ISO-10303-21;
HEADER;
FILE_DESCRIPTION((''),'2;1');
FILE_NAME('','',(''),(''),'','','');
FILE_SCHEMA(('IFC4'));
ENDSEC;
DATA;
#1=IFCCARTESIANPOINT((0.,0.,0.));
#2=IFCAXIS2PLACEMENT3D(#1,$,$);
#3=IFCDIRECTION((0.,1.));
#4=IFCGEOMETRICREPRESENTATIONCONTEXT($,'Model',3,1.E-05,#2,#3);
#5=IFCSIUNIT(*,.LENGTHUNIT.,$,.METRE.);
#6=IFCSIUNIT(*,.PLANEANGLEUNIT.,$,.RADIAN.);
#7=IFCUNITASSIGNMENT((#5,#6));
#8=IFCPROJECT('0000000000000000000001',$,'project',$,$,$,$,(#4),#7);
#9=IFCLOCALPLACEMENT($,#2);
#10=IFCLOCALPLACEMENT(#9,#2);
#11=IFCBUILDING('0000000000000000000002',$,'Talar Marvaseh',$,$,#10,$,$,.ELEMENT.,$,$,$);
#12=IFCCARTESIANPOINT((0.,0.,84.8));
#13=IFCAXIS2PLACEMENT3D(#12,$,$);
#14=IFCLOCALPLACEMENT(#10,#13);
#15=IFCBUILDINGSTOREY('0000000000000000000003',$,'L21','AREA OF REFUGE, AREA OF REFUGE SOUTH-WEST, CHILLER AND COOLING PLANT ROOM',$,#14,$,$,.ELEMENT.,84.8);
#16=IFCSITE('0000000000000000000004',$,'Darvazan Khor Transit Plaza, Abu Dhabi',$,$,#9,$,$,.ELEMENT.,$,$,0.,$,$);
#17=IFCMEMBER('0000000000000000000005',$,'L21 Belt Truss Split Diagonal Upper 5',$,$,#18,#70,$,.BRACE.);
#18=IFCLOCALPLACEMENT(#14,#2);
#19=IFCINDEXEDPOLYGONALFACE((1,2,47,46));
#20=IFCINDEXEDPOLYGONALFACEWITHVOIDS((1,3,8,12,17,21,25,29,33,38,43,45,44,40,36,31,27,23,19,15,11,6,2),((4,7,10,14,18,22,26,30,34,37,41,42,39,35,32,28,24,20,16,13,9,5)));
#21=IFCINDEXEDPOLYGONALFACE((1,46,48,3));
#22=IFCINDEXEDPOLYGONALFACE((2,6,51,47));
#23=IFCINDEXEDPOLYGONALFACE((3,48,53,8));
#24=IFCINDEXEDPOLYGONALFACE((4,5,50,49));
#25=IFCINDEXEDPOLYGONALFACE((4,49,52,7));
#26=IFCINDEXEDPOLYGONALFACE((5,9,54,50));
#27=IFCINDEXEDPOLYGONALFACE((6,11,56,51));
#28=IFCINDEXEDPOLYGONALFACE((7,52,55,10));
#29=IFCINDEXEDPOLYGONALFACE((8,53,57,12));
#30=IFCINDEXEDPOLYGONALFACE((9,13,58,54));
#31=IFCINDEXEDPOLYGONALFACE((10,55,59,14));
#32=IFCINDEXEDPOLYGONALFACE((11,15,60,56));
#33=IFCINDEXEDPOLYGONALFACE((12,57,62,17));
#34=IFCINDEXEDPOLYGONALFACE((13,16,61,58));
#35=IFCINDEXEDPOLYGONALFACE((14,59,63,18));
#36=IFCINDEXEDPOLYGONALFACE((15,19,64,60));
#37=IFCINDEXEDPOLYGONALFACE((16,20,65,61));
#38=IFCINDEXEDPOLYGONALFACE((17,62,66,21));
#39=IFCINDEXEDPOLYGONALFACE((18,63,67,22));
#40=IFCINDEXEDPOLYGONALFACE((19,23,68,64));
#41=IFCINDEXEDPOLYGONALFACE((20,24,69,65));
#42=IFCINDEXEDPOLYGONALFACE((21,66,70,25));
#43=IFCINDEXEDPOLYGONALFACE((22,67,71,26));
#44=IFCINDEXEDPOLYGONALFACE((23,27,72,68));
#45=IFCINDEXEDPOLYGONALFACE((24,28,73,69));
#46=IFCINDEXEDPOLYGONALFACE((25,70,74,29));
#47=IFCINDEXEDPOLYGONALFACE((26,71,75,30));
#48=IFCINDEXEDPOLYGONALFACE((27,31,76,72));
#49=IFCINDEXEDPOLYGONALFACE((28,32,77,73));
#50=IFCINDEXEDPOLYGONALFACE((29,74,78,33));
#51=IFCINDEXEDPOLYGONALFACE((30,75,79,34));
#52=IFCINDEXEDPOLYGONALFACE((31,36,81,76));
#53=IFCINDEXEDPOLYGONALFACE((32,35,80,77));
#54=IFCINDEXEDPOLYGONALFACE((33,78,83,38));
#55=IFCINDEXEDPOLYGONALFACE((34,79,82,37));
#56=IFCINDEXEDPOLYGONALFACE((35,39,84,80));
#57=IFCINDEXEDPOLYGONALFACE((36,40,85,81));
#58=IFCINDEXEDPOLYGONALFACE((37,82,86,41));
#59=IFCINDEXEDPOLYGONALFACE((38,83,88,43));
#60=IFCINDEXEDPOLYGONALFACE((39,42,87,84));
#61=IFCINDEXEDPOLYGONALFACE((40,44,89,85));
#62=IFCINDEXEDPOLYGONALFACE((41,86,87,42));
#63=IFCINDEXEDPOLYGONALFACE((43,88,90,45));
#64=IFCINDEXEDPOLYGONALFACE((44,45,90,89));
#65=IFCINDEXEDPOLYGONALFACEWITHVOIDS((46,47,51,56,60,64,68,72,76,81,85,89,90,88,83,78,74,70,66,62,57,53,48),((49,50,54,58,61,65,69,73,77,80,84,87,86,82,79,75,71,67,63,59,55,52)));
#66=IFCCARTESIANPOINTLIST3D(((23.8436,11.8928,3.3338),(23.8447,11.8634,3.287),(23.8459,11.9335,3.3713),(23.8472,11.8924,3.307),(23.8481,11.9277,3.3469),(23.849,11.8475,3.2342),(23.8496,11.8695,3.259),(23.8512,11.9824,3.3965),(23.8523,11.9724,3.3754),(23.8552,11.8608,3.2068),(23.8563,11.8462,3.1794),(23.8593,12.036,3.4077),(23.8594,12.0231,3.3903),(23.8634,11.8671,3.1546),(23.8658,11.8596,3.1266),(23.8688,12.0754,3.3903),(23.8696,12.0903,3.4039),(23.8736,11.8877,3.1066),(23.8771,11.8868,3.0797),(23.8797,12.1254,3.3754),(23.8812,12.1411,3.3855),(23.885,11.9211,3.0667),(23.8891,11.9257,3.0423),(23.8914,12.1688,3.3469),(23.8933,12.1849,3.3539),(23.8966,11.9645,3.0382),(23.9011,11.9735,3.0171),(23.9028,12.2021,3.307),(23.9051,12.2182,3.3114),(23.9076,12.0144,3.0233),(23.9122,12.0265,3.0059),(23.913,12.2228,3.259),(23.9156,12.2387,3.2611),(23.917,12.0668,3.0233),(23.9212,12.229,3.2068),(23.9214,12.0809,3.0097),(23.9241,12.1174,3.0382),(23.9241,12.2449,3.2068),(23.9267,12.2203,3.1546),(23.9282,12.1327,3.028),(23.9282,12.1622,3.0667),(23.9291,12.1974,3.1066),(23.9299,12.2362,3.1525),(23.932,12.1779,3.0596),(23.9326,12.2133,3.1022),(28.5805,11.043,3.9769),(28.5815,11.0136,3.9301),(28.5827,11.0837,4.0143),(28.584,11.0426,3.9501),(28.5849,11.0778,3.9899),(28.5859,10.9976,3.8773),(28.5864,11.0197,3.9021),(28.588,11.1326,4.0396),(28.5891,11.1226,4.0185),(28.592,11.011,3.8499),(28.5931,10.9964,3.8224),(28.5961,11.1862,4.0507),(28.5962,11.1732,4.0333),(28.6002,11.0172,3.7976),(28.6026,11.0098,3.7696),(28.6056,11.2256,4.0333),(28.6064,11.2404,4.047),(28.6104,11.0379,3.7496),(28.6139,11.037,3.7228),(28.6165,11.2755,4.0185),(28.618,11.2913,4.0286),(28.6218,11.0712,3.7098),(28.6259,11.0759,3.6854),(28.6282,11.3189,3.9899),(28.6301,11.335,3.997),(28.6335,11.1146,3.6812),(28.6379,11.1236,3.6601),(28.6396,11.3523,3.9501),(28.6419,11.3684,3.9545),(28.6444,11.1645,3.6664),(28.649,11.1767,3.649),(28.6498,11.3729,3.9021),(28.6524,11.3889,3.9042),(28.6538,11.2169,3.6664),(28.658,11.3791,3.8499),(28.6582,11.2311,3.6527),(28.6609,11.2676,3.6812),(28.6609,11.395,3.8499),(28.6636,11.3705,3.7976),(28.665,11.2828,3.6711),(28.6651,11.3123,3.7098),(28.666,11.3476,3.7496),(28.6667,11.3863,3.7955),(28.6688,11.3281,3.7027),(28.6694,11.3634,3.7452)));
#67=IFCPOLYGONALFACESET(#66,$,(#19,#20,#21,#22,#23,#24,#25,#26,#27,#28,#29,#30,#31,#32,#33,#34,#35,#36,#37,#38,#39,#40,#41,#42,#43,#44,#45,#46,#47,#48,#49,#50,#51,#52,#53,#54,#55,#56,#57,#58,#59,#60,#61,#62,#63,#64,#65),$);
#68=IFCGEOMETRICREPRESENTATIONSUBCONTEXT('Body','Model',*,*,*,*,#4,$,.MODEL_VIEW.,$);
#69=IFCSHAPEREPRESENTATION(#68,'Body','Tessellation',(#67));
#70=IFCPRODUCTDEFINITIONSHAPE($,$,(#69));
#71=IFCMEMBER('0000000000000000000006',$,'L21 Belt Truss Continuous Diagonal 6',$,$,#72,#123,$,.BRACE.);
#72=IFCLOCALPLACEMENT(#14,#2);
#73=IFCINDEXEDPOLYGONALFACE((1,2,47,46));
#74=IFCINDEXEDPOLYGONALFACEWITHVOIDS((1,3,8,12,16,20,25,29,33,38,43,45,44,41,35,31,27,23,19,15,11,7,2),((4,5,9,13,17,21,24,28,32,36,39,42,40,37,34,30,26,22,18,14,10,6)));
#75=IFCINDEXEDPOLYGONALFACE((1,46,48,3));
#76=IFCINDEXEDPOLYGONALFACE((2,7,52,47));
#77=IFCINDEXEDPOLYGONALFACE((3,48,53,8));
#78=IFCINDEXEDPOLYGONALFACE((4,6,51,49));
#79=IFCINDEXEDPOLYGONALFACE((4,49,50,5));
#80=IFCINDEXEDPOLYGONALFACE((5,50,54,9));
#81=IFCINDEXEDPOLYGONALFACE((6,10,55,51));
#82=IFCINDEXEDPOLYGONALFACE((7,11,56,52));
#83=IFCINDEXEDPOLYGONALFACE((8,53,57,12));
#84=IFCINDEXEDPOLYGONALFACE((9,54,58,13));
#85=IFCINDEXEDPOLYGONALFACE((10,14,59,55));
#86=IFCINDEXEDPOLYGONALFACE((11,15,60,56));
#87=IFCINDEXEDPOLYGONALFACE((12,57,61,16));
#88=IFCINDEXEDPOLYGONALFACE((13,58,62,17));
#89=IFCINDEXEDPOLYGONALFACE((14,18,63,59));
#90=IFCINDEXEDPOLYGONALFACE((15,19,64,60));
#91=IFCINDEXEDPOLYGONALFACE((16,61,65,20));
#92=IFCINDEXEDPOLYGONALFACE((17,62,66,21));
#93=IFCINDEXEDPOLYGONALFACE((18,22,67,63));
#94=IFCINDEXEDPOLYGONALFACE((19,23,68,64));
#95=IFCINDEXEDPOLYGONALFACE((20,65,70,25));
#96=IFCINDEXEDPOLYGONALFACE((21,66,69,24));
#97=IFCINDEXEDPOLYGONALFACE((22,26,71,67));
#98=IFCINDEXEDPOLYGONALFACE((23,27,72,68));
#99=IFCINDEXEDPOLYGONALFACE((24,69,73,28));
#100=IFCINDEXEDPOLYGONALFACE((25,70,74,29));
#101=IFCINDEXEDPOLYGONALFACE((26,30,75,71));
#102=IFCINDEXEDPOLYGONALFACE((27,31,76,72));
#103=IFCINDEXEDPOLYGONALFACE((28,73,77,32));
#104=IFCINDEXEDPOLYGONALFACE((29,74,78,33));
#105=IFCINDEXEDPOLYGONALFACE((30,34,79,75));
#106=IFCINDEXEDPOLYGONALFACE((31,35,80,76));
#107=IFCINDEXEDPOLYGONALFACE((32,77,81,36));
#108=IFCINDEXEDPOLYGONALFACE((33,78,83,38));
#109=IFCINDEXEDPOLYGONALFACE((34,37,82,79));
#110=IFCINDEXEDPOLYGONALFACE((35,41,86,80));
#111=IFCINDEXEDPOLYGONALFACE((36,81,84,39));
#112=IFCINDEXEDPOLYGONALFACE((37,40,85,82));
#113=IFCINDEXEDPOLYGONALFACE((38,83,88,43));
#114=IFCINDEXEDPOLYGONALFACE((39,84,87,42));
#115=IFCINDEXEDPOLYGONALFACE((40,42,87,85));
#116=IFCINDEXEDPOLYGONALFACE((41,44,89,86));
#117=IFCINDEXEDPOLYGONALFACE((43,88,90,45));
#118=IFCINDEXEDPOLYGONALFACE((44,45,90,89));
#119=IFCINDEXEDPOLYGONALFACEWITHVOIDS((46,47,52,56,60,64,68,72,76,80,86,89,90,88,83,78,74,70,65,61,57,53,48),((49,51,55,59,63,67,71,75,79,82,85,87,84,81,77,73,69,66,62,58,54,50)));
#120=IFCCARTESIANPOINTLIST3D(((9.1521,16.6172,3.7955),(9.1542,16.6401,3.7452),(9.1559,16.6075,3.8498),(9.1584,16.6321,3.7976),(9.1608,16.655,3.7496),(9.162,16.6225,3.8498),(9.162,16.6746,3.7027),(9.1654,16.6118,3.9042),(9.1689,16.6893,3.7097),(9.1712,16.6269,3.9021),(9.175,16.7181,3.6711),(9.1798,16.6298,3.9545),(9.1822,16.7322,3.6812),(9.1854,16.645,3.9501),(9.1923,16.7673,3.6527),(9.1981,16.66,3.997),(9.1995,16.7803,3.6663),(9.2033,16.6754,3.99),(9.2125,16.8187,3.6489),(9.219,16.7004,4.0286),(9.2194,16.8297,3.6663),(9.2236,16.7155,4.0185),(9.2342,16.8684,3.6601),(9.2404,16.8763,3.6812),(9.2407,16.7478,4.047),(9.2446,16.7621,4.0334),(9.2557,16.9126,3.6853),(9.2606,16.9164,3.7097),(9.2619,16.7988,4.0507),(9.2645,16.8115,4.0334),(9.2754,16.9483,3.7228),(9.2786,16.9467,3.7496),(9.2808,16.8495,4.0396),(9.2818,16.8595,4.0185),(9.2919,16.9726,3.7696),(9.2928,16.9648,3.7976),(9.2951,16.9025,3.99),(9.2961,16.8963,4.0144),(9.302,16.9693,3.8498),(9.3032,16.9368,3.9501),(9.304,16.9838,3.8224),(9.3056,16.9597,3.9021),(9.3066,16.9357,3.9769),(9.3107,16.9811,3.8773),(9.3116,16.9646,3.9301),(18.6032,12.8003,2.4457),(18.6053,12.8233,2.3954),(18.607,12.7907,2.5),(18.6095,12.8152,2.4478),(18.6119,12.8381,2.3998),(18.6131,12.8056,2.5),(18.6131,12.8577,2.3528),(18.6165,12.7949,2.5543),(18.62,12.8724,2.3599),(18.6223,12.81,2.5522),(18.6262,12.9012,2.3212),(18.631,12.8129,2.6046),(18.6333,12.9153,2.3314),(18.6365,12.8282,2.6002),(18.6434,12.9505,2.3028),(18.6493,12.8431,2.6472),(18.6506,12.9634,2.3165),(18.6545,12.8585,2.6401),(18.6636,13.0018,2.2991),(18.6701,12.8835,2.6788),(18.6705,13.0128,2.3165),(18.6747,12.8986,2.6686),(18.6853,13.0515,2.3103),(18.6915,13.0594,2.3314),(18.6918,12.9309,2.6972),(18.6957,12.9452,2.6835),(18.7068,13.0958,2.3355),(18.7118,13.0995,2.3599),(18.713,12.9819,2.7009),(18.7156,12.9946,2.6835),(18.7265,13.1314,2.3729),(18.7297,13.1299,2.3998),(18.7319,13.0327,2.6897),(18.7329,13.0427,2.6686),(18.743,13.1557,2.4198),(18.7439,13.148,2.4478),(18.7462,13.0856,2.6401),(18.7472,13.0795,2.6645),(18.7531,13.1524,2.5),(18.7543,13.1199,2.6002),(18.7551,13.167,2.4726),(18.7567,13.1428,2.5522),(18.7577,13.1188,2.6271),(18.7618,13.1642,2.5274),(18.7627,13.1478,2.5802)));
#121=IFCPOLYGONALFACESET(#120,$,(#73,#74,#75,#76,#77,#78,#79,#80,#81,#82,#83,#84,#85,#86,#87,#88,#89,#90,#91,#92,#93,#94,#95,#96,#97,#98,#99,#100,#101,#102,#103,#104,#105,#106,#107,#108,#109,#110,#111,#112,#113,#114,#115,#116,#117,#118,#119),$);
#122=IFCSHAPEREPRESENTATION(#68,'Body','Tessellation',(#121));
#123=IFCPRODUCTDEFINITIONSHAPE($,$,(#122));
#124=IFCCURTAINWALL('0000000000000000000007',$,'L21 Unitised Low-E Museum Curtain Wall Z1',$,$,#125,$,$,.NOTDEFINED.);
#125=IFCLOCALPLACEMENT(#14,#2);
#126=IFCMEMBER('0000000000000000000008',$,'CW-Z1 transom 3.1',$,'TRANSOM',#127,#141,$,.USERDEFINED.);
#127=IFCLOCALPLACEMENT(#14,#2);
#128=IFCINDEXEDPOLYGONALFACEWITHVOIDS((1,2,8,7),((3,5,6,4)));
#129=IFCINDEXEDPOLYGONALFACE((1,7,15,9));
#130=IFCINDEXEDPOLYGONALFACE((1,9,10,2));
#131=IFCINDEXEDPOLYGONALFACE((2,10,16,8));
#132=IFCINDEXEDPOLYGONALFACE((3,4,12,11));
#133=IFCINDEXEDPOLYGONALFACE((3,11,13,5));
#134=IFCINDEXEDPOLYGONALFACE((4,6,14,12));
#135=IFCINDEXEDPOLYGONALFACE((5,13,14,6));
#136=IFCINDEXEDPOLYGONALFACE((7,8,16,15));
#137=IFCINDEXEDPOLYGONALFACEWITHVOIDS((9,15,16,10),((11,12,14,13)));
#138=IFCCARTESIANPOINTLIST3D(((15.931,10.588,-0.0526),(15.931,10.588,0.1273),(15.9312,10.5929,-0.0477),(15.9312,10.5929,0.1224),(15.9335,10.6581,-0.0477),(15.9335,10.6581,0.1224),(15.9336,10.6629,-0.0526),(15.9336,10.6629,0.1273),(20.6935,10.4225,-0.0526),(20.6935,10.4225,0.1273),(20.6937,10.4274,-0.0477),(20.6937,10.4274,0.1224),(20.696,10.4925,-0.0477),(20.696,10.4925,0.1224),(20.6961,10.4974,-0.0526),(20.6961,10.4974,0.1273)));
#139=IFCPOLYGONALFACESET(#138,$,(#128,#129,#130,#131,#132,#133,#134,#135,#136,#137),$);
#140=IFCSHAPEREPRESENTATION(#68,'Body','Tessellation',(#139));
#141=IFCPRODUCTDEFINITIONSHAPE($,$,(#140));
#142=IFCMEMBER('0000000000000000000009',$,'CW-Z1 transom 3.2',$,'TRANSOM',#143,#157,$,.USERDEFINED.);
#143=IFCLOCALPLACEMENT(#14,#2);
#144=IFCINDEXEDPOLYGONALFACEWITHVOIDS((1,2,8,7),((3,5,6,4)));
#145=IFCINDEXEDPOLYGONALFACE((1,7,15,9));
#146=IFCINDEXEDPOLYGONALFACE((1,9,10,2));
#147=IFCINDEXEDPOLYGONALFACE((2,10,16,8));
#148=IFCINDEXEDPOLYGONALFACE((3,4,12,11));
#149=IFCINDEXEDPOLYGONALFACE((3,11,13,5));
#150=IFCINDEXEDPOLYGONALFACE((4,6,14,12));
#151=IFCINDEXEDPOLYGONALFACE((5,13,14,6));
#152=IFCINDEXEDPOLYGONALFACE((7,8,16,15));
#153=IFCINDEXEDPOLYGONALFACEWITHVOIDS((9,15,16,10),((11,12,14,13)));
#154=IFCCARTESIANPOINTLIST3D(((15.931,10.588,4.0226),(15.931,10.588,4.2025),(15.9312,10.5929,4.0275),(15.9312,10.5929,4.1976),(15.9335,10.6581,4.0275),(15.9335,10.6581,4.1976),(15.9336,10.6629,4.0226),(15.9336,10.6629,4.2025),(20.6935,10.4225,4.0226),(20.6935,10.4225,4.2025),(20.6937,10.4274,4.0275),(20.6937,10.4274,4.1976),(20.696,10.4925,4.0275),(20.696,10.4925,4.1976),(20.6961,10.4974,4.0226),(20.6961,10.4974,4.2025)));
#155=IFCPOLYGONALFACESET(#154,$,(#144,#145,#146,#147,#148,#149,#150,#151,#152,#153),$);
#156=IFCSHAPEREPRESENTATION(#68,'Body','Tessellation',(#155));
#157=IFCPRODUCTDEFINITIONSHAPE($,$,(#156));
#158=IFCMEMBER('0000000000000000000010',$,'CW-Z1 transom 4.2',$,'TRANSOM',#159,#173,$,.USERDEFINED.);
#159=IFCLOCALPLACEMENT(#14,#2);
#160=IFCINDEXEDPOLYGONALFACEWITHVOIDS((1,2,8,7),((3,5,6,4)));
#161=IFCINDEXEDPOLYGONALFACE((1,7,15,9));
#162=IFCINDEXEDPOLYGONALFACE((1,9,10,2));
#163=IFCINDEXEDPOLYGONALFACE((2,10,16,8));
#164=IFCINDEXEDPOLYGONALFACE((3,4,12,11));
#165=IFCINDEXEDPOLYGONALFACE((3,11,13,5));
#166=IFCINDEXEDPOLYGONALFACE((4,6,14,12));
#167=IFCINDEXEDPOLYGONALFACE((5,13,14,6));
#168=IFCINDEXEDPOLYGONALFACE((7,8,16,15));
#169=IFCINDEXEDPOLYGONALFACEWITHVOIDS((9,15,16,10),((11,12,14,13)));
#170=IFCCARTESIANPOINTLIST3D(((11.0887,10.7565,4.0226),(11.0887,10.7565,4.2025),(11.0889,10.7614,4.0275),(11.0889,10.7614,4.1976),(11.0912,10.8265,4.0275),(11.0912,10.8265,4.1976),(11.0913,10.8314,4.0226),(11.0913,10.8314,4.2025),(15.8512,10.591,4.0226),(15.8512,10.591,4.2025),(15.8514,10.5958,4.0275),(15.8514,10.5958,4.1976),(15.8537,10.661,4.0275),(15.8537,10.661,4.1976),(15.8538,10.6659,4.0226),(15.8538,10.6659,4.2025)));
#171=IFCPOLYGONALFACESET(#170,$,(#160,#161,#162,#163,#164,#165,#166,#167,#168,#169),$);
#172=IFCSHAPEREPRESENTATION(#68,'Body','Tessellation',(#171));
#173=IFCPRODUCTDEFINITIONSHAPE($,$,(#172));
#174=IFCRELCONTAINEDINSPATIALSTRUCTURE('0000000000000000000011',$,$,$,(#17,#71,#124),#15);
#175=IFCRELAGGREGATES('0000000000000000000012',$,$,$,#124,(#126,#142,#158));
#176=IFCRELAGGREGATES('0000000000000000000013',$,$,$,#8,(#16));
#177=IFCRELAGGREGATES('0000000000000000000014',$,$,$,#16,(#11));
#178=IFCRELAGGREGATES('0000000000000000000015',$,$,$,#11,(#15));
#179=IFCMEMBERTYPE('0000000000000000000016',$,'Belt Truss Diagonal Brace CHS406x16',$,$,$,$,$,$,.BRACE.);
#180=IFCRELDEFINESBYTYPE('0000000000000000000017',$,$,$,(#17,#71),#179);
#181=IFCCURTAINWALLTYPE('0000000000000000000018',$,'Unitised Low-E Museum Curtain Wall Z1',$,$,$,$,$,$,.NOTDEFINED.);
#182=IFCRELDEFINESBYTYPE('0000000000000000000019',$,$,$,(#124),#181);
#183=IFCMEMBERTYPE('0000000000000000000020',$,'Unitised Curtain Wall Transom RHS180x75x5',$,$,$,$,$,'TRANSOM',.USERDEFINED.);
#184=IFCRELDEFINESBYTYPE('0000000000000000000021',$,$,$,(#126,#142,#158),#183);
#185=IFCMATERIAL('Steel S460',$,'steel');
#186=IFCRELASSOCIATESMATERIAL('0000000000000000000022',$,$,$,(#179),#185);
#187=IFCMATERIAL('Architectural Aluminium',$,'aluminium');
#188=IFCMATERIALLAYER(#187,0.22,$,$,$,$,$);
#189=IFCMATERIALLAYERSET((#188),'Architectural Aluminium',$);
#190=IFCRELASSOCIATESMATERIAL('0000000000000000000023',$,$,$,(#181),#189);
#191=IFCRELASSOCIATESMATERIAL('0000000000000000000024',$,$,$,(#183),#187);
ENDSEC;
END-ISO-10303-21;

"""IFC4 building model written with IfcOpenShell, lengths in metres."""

from ifc_helpers import new_model, si_unit, direction, frame, origin, origin_2d, place, context, subcontext, project, spatial, hollow_rectangle, hollow_circle, extrude, source, transform, mapped, material, layer, layer_set, material_profile, profile_set, type_object, type_shapes, element, aggregate, save


model = new_model("IFC4")

# Units and contexts
model_context = context("Model", 3, precision=1e-05, world=origin(), true_north=direction((0.0, 1.0)))
body_context = subcontext(model_context, "Body", "Model", "MODEL_VIEW")
ifc_project = project(units=[si_unit("LENGTHUNIT", "METRE"), si_unit("PLANEANGLEUNIT", "RADIAN")], contexts=[model_context])

# Site, building, storey
site_placement = place(None, origin())
site = spatial("IfcSite", under=ifc_project, at=site_placement, Name="Darvazan Khor Transit Plaza, Abu Dhabi", CompositionType="ELEMENT", RefElevation=0.0)
building_placement = place(site_placement, origin())
building = spatial("IfcBuilding", under=site, at=building_placement, Name="Talar Marvaseh", CompositionType="ELEMENT")
storey_placement = place(building_placement, frame((0.0, 0.0, 84.8)))
storey = spatial("IfcBuildingStorey", under=building, at=storey_placement, Name="L21", Description="AREA OF REFUGE, AREA OF REFUGE SOUTH-WEST, CHILLER AND COOLING PLANT ROOM", CompositionType="ELEMENT", Elevation=84.8)

# Shared definitions
ifc_material_1 = material(Name="Steel S460", Category="steel")

# Members
ifc_material_profile_1 = material_profile(ifc_material_1, hollow_circle(Radius=0.2031, WallThickness=0.0161, at=origin_2d()), Name="CHS406x16")
ifc_profile_set_1 = profile_set([ifc_material_profile_1], Name="Steel S460")
member_type_1 = type_object("IfcMemberType", Name="Belt Truss Diagonal Brace CHS406x16", PredefinedType="BRACE", material=ifc_profile_set_1)
shared_shape_1 = source(origin(), body_context, "Body", "SweptSolid", [
    extrude(hollow_circle(Radius=0.2031, WallThickness=0.0161, at=origin_2d()), origin(), (0.0, 0.0, 1.0), 4.8552),
])
for number, where, z_axis, x_axis, name in (
    (1, (23.8882, 12.0449, 3.2068), (0.975612, -0.175039, 0.132448), (0.176595, 0.984284, 0.0), "L21 Belt Truss Split Diagonal Upper 5"),
):
    element("IfcMember", number, at=place(storey_placement, frame(where, z_axis=z_axis, x_axis=x_axis)), inside=storey, type_object=member_type_1, Name=name, PredefinedType="BRACE", context=body_context, shape_type="MappedRepresentation", body=[
        mapped(shared_shape_1, transform((0.0, 0.0, 0.0), x_axis=(1.0, 0.0, 0.0), y_axis=(0.0, 1.0, 0.0), z_axis=(0.0, 0.0, 1.0), scale=1.0)),
    ])
shared_shape_2 = source(origin(), body_context, "Body", "SweptSolid", [
    extrude(hollow_circle(Radius=0.2031, WallThickness=0.0161, at=origin_2d()), origin(), (0.0, 0.0, 1.0), 10.2817),
])
type_shapes(member_type_1, [shared_shape_1, shared_shape_2])
member_1_placement = place(storey_placement, frame((18.6831, 12.979, 2.5), z_axis=(-0.919214, 0.371228, 0.131286), x_axis=(-0.374469, -0.927239, 0.0)))
element("IfcMember", 2, at=member_1_placement, inside=storey, type_object=member_type_1, Name="L21 Belt Truss Continuous Diagonal 6", PredefinedType="BRACE", context=body_context, shape_type="MappedRepresentation", body=[
    mapped(shared_shape_2, transform((0.0, 0.0, 0.0), x_axis=(1.0, 0.0, 0.0), y_axis=(0.0, 1.0, 0.0), z_axis=(0.0, 0.0, 1.0), scale=1.0)),
])

# Curtain wall, members
ifc_material_2 = material(Name="Architectural Aluminium", Category="aluminium")
ifc_layer_1 = layer(ifc_material_2, 0.22)
ifc_layer_set_1 = layer_set([ifc_layer_1], Name="Architectural Aluminium")
curtain_wall_type = type_object("IfcCurtainWallType", Name="Unitised Low-E Museum Curtain Wall Z1", PredefinedType="NOTDEFINED", material=ifc_layer_set_1)
curtain_wall_placement = place(storey_placement, origin())
curtain_wall = element("IfcCurtainWall", 3, at=curtain_wall_placement, inside=storey, type_object=curtain_wall_type, Name="L21 Unitised Low-E Museum Curtain Wall Z1", PredefinedType="NOTDEFINED")
ifc_material_profile_2 = material_profile(ifc_material_2, hollow_rectangle(XDim=0.075, YDim=0.1799, WallThickness=0.0049, at=origin_2d()), Name="RHS180x75x5")
ifc_profile_set_2 = profile_set([ifc_material_profile_2], Name="Architectural Aluminium")
member_type_2 = type_object("IfcMemberType", Name="Unitised Curtain Wall Transom RHS180x75x5", ElementType="TRANSOM", PredefinedType="USERDEFINED", material=ifc_profile_set_2)
shared_shape_3 = source(origin(), body_context, "Body", "SweptSolid", [
    extrude(hollow_rectangle(XDim=0.075, YDim=0.1799, WallThickness=0.0049, at=origin_2d()), origin(), (0.0, 0.0, 1.0), 4.7654),
])
type_shapes(member_type_2, [shared_shape_3])
member_2_placement = place(storey_placement, frame((20.6948, 10.46, 0.0374), z_axis=(-0.999397, 0.034736, 0.0), x_axis=(-0.034736, -0.999397, 0.0)))
member_2 = element("IfcMember", 4, at=member_2_placement, type_object=member_type_2, Name="CW-Z1 transom 3.1", ObjectType="TRANSOM", PredefinedType="USERDEFINED", context=body_context, shape_type="MappedRepresentation", body=[
    mapped(shared_shape_3, transform((0.0, 0.0, 0.0), x_axis=(1.0, 0.0, 0.0), y_axis=(0.0, 1.0, 0.0), z_axis=(0.0, 0.0, 1.0), scale=1.0)),
])
member_3_placement = place(storey_placement, frame((20.6948, 10.46, 4.1125), z_axis=(-0.999397, 0.034736, 0.0), x_axis=(-0.034736, -0.999397, 0.0)))
member_3 = element("IfcMember", 5, at=member_3_placement, type_object=member_type_2, Name="CW-Z1 transom 3.2", ObjectType="TRANSOM", PredefinedType="USERDEFINED", context=body_context, shape_type="MappedRepresentation", body=[
    mapped(shared_shape_3, transform((0.0, 0.0, 0.0), x_axis=(1.0, 0.0, 0.0), y_axis=(0.0, 1.0, 0.0), z_axis=(0.0, 0.0, 1.0), scale=1.0)),
])
member_4_placement = place(storey_placement, frame((15.8525, 10.6284, 4.1125), z_axis=(-0.999397, 0.034736, 0.0), x_axis=(-0.034736, -0.999397, 0.0)))
member_4 = element("IfcMember", 6, at=member_4_placement, type_object=member_type_2, Name="CW-Z1 transom 4.2", ObjectType="TRANSOM", PredefinedType="USERDEFINED", context=body_context, shape_type="MappedRepresentation", body=[
    mapped(shared_shape_3, transform((0.0, 0.0, 0.0), x_axis=(1.0, 0.0, 0.0), y_axis=(0.0, 1.0, 0.0), z_axis=(0.0, 0.0, 1.0), scale=1.0)),
])

aggregate(curtain_wall, [member_2, member_3, member_4])

save(model, "model.ifc")
